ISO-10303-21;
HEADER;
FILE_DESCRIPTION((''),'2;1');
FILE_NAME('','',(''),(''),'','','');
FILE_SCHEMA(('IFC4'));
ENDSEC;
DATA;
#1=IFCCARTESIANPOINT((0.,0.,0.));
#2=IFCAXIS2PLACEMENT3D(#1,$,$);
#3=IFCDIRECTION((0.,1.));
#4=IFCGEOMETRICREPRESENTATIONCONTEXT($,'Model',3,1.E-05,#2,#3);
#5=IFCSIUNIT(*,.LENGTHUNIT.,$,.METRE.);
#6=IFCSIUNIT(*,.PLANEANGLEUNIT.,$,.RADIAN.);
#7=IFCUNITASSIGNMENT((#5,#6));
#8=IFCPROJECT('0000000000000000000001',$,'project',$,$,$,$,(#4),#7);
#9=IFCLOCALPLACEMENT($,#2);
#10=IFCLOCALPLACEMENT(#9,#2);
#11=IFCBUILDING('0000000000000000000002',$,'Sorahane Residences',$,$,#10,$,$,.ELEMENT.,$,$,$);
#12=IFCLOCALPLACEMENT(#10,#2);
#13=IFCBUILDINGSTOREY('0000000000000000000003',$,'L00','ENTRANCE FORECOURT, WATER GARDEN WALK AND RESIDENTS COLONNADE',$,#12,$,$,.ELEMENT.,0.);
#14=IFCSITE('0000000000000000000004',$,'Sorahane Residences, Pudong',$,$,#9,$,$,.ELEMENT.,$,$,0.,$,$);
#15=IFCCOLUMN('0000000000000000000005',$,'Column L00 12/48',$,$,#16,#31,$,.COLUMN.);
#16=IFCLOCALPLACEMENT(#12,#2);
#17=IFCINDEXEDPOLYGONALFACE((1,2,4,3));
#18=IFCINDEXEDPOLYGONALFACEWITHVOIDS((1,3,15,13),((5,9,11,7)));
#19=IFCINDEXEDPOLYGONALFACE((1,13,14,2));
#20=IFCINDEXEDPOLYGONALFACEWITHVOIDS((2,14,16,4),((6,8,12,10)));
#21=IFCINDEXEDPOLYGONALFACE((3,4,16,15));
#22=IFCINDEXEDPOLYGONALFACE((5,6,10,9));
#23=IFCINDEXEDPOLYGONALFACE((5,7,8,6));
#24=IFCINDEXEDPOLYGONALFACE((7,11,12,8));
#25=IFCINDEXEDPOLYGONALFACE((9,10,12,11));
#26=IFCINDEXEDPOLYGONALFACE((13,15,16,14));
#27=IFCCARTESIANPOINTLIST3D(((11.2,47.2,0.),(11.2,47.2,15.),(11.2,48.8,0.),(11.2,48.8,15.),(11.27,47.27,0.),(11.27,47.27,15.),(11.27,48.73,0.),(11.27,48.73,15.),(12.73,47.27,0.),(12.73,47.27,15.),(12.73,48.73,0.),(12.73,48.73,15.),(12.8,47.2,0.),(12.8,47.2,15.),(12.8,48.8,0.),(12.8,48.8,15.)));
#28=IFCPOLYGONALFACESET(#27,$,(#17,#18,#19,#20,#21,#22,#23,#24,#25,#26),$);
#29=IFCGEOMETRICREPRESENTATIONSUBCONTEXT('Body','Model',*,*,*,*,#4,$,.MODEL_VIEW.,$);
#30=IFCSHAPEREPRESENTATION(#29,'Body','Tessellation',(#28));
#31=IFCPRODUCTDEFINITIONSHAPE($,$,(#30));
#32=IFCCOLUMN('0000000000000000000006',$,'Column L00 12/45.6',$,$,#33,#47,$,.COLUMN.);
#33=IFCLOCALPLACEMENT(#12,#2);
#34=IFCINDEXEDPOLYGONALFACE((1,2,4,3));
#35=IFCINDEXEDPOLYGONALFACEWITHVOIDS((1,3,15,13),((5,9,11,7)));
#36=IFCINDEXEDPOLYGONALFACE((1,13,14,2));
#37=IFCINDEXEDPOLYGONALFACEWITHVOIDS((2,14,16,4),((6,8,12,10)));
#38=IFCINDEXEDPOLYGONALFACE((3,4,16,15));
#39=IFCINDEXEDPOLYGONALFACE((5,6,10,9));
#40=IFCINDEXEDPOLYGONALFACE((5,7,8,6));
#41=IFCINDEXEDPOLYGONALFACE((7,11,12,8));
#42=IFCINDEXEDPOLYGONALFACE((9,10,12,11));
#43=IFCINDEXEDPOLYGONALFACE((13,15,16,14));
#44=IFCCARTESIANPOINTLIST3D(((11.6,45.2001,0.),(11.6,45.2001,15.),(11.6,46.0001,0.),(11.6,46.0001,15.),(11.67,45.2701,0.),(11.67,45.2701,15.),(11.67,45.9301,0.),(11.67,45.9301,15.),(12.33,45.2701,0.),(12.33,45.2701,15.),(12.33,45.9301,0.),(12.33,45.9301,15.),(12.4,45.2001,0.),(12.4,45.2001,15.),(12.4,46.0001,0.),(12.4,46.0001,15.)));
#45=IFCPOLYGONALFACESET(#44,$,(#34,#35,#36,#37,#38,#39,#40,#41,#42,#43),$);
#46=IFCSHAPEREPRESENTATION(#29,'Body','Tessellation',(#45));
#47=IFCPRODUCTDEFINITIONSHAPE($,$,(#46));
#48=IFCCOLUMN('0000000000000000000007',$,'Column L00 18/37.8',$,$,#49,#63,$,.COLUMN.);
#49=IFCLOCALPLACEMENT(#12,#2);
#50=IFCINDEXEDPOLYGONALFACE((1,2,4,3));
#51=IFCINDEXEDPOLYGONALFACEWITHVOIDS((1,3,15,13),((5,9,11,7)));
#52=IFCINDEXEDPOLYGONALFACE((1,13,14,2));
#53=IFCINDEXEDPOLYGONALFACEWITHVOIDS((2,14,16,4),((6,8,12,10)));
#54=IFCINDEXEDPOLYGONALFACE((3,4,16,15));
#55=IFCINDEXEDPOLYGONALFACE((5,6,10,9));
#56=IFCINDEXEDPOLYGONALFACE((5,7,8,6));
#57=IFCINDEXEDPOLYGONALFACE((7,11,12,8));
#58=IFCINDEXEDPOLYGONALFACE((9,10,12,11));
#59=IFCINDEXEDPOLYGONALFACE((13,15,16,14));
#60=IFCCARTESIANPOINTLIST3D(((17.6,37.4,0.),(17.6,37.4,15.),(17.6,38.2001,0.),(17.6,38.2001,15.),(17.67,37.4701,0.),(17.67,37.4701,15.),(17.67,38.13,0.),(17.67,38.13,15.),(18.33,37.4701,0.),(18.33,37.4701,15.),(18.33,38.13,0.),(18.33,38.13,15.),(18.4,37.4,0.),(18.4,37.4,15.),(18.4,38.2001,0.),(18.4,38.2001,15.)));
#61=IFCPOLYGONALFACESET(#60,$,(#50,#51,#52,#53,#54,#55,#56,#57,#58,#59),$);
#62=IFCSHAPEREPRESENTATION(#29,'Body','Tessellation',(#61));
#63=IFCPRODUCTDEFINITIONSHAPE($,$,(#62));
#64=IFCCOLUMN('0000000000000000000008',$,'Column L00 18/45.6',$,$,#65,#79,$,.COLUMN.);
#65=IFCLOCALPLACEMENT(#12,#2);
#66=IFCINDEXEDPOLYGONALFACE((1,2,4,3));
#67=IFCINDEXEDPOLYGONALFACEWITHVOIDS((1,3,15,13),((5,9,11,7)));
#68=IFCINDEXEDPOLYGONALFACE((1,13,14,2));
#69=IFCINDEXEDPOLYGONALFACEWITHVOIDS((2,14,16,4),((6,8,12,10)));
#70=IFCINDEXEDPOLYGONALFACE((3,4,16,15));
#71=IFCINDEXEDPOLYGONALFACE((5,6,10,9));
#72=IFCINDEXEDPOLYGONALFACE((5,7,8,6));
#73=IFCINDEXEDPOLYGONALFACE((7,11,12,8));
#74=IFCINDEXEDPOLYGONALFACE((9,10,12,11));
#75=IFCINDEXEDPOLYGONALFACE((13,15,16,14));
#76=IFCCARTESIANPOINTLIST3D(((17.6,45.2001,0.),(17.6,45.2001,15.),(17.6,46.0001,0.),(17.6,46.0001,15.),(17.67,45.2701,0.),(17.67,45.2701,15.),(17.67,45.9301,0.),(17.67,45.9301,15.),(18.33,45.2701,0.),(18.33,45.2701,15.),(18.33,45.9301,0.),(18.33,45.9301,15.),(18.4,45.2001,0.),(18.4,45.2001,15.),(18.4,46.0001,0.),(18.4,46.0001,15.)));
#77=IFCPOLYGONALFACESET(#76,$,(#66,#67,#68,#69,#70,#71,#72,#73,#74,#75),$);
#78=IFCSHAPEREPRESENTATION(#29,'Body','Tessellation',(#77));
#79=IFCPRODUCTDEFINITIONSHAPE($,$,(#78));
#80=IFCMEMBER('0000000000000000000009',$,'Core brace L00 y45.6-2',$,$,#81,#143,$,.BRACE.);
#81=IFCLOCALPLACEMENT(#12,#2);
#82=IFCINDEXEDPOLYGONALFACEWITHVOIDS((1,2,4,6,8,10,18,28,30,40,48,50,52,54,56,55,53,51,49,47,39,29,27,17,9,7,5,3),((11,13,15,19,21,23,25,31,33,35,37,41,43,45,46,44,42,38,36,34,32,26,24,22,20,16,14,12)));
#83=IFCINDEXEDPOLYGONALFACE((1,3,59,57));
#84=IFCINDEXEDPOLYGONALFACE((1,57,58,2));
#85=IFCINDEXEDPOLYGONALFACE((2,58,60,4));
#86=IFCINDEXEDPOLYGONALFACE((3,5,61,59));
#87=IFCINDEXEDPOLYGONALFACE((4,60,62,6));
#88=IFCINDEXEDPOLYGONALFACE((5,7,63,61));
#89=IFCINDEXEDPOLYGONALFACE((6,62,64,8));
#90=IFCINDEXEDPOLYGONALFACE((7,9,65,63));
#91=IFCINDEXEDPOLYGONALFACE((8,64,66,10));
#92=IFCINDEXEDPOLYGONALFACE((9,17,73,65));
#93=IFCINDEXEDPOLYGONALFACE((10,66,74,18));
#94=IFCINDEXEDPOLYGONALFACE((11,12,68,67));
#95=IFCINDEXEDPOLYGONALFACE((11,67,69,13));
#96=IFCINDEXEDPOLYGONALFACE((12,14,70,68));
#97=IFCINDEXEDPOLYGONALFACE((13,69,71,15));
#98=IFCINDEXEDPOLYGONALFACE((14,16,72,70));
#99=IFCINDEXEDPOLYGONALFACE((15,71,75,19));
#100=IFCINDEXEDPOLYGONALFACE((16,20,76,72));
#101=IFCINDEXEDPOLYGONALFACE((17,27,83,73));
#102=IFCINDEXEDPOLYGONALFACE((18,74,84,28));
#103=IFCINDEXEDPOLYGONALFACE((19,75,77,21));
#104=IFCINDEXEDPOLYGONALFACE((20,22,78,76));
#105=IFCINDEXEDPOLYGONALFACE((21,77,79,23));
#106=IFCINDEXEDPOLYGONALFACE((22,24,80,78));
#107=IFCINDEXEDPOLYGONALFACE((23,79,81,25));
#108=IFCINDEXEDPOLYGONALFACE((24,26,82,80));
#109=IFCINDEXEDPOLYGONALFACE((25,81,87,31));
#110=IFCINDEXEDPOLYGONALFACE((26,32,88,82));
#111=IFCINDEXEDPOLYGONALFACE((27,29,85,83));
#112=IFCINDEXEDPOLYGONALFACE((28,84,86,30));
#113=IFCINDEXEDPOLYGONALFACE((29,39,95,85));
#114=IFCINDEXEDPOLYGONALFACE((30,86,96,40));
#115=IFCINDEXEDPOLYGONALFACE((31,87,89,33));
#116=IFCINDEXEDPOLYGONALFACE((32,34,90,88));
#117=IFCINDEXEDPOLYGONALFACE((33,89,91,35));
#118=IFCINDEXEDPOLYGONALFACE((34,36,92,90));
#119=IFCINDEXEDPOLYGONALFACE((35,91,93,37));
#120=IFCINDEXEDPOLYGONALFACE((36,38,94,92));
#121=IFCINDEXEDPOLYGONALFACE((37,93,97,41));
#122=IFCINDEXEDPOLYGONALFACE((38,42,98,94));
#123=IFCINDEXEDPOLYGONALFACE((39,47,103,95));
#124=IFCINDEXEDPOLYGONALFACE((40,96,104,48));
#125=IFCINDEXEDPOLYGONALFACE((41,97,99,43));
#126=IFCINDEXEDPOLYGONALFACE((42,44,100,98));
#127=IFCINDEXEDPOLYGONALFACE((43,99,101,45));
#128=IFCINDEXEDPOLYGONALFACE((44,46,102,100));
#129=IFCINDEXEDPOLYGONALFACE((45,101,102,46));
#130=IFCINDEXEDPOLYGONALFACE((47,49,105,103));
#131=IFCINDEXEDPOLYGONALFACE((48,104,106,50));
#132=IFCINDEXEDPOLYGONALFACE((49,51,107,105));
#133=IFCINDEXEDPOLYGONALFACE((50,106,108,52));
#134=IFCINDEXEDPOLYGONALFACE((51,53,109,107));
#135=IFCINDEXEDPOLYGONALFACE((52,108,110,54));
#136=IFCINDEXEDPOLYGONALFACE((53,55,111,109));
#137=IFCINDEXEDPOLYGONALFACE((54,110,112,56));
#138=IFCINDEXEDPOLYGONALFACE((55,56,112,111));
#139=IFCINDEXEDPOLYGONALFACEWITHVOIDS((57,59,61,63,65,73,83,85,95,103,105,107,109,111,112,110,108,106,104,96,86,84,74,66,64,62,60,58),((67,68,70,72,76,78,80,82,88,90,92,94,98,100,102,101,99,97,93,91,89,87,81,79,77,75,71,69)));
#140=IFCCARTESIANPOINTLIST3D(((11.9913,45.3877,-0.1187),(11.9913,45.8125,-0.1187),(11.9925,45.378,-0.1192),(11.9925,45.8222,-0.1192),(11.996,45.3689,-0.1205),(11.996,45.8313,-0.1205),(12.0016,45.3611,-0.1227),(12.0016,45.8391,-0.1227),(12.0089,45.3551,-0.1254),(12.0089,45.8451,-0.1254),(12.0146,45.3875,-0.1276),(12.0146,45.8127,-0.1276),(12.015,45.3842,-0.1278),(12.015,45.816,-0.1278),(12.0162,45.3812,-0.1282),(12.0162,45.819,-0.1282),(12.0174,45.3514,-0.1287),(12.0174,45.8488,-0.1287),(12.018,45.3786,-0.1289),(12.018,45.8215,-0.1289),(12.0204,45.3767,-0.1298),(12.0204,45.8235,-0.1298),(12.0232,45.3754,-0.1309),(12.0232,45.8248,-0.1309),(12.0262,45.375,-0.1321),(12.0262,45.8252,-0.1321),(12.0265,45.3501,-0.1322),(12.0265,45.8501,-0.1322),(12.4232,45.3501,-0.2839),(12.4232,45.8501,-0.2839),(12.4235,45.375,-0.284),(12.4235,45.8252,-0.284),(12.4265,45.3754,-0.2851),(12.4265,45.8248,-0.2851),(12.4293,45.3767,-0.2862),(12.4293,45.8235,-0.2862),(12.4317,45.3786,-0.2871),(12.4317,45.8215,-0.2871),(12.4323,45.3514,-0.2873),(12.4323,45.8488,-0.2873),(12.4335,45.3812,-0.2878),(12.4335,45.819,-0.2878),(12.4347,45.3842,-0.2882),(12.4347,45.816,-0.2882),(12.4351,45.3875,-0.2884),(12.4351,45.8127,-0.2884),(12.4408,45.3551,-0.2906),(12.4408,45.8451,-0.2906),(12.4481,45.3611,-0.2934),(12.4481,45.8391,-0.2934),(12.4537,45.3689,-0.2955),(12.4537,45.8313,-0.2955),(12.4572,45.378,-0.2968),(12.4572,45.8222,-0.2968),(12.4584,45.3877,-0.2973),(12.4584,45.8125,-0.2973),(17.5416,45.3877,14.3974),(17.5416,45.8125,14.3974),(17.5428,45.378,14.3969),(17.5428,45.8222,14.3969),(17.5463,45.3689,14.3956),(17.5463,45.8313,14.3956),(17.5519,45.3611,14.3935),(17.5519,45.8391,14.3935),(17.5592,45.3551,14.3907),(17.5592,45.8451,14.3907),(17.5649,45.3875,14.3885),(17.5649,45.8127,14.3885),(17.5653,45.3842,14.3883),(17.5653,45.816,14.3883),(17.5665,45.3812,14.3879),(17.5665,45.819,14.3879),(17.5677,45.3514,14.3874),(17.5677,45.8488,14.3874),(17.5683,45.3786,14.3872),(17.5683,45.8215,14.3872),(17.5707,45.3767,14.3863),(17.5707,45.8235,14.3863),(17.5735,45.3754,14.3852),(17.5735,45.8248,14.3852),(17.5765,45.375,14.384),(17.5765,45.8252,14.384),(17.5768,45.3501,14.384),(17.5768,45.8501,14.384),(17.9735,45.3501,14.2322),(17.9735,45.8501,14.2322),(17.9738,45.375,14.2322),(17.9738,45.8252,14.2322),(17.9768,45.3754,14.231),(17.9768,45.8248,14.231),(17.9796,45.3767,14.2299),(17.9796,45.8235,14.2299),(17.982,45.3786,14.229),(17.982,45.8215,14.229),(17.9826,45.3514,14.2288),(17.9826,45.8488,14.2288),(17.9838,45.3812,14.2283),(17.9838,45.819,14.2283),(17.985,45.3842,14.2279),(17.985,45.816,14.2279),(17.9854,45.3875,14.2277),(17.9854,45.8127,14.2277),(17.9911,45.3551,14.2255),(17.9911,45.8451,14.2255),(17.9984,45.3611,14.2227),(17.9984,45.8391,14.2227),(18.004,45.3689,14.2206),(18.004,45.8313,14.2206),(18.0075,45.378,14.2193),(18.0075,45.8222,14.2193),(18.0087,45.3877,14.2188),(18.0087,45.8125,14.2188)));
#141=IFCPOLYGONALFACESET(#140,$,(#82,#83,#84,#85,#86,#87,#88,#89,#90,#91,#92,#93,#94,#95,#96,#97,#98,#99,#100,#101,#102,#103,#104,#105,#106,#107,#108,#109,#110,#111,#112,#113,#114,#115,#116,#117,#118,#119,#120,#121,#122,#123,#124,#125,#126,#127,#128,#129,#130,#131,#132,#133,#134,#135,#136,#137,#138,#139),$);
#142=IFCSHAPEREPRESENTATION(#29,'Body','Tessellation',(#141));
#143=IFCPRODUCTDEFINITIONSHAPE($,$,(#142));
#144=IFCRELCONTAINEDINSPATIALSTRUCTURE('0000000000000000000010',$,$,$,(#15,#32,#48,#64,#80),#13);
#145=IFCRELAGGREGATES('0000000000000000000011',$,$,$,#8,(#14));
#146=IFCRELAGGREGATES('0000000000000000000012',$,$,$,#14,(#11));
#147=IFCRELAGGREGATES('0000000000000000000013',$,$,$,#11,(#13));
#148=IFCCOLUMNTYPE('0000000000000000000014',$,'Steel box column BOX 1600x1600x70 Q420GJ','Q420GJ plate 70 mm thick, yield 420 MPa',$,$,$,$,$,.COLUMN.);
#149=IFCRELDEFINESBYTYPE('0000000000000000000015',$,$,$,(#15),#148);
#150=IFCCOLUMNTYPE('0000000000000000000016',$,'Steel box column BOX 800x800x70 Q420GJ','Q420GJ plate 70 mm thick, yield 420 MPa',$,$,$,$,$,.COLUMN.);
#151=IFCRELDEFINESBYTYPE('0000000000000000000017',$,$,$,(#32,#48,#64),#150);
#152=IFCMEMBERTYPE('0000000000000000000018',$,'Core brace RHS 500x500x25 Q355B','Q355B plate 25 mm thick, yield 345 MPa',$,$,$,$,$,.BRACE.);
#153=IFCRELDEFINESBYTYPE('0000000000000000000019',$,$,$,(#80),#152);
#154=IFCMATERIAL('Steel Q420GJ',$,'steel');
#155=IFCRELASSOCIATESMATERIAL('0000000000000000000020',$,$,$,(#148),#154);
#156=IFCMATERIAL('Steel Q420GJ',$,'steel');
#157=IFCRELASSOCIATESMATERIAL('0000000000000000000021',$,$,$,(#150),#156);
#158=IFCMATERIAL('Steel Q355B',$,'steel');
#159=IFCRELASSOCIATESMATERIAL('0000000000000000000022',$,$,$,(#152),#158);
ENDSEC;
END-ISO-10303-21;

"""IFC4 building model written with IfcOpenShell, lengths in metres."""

from ifc_helpers import new_model, si_unit, direction, frame, origin, origin_2d, place, context, subcontext, project, spatial, hollow_rectangle, extrude, material, material_profile, profile_set, type_object, element, save


model = new_model("IFC4")

# Units and contexts
model_context = context("Model", 3, precision=1e-05, world=origin(), true_north=direction((0.0, 1.0)))
body_context = subcontext(model_context, "Body", "Model", "MODEL_VIEW")
ifc_project = project(units=[si_unit("LENGTHUNIT", "METRE"), si_unit("PLANEANGLEUNIT", "RADIAN")], contexts=[model_context])

# Site, building, storey
site_placement = place(None, origin())
site = spatial("IfcSite", under=ifc_project, at=site_placement, Name="Sorahane Residences, Pudong", CompositionType="ELEMENT", RefElevation=0.0)
building_placement = place(site_placement, origin())
building = spatial("IfcBuilding", under=site, at=building_placement, Name="Sorahane Residences", CompositionType="ELEMENT")
storey_placement = place(building_placement, origin())
storey = spatial("IfcBuildingStorey", under=building, at=storey_placement, Name="L00", Description="ENTRANCE FORECOURT, WATER GARDEN WALK AND RESIDENTS COLONNADE", CompositionType="ELEMENT", Elevation=0.0)

# Columns
ifc_material_1 = material(Name="Steel Q420GJ", Category="steel")
ifc_material_profile_1 = material_profile(ifc_material_1, hollow_rectangle(XDim=1.6001, YDim=1.6001, WallThickness=0.0701, at=origin_2d()), Name="BOX 1600x1600x70")
ifc_profile_set_1 = profile_set([ifc_material_profile_1], Name="Steel Q420GJ")
column_type_1 = type_object("IfcColumnType", Name="Steel box column BOX 1600x1600x70 Q420GJ", Description="Q420GJ plate 70 mm thick, yield 420 MPa", PredefinedType="COLUMN", material=ifc_profile_set_1)
column_placement = place(storey_placement, frame((12.0, 48.0, 0.0), z_axis=(0.0, 0.0, 1.0), x_axis=(1.0, 0.0, 0.0)))
element("IfcColumn", 1, at=column_placement, inside=storey, type_object=column_type_1, Name="Column L00 12/48", PredefinedType="COLUMN", context=body_context, shape_type="SweptSolid", body=[
    extrude(hollow_rectangle(XDim=1.6001, YDim=1.6001, WallThickness=0.0701, at=origin_2d()), origin(), (0.0, 0.0, 1.0), 15.0),
])
ifc_material_2 = material(Name="Steel Q420GJ", Category="steel")
ifc_material_profile_2 = material_profile(ifc_material_2, hollow_rectangle(XDim=0.8, YDim=0.8, WallThickness=0.0701, at=origin_2d()), Name="BOX 800x800x70")
ifc_profile_set_2 = profile_set([ifc_material_profile_2], Name="Steel Q420GJ")
column_type_2 = type_object("IfcColumnType", Name="Steel box column BOX 800x800x70 Q420GJ", Description="Q420GJ plate 70 mm thick, yield 420 MPa", PredefinedType="COLUMN", material=ifc_profile_set_2)
for number, where, z_axis, x_axis, name in (
    (2, (12.0, 45.6001, 0.0), (0.0, 0.0, 1.0), (1.0, 0.0, 0.0), "Column L00 12/45.6"),
    (3, (18.0, 37.8, 0.0), (0.0, 0.0, 1.0), (1.0, 0.0, 0.0), "Column L00 18/37.8"),
    (4, (18.0, 45.6001, 0.0), (0.0, 0.0, 1.0), (1.0, 0.0, 0.0), "Column L00 18/45.6"),
):
    element("IfcColumn", number, at=place(storey_placement, frame(where, z_axis=z_axis, x_axis=x_axis)), inside=storey, type_object=column_type_2, Name=name, PredefinedType="COLUMN", context=body_context, shape_type="SweptSolid", body=[
        extrude(hollow_rectangle(XDim=0.8, YDim=0.8, WallThickness=0.0701, at=origin_2d()), origin(), (0.0, 0.0, 1.0), 15.0),
    ])

# Member
ifc_material_3 = material(Name="Steel Q355B", Category="steel")
ifc_material_profile_3 = material_profile(ifc_material_3, hollow_rectangle(XDim=0.5, YDim=0.5, WallThickness=0.0249, InnerFilletRadius=0.0125, OuterFilletRadius=0.0376, at=origin_2d()), Name="RHS 500x500x25")
ifc_profile_set_3 = profile_set([ifc_material_profile_3], Name="Steel Q355B")
member_type = type_object("IfcMemberType", Name="Core brace RHS 500x500x25 Q355B", Description="Q355B plate 25 mm thick, yield 345 MPa", PredefinedType="BRACE", material=ifc_profile_set_3)
member_1_placement = place(storey_placement, frame((12.2249, 45.6001, -0.208), z_axis=(0.357138, 0.0, 0.934052), x_axis=(0.0, 1.0, 0.0)))
element("IfcMember", 5, at=member_1_placement, inside=storey, type_object=member_type, Name="Core brace L00 y45.6-2", PredefinedType="BRACE", context=body_context, shape_type="SweptSolid", body=[
    extrude(hollow_rectangle(XDim=0.5, YDim=0.5, WallThickness=0.0249, InnerFilletRadius=0.0125, OuterFilletRadius=0.0376, at=origin_2d()), origin(), (0.0, 0.0, 1.0), 15.541),
])

save(model, "model.ifc")
